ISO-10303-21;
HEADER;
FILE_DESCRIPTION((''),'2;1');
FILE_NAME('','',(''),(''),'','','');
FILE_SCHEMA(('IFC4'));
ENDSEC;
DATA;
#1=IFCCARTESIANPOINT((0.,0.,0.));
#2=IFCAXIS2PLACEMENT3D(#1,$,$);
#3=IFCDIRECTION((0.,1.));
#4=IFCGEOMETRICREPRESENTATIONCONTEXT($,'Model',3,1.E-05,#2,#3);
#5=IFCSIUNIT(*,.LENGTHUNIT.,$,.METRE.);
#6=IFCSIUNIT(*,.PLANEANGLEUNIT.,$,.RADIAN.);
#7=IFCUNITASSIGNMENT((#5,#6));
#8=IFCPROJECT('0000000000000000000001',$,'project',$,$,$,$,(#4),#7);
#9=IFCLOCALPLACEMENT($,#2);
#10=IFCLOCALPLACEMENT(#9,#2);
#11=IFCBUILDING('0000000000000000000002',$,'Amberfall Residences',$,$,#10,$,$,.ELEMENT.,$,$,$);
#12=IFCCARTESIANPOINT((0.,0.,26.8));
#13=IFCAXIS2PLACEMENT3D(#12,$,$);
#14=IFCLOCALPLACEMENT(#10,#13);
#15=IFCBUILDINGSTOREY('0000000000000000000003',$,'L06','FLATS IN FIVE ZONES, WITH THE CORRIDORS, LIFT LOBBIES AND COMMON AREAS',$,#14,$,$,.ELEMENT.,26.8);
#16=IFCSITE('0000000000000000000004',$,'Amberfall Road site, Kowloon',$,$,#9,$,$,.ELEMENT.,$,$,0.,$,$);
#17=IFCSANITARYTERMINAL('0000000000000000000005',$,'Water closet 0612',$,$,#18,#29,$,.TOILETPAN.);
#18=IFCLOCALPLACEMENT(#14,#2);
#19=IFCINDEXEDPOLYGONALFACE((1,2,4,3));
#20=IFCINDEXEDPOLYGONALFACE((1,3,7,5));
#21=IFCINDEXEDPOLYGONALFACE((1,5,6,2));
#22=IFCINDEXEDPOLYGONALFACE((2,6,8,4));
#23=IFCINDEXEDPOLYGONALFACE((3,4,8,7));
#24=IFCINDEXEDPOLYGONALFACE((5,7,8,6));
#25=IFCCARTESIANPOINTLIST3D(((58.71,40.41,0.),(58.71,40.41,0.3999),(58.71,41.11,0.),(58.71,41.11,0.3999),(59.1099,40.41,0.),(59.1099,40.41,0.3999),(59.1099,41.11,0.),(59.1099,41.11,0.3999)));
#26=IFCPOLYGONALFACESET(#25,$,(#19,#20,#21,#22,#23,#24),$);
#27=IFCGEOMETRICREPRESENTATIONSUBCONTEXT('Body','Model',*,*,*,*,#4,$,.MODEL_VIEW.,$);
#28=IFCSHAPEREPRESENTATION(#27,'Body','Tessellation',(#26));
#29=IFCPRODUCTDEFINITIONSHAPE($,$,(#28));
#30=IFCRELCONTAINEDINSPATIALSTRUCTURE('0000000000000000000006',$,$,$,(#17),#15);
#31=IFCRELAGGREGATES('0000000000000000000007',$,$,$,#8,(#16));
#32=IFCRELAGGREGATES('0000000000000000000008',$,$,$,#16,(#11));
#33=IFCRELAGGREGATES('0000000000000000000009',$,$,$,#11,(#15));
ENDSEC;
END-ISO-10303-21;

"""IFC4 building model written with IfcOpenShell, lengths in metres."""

from ifc_helpers import new_model, si_unit, direction, frame, origin, origin_2d, place, context, subcontext, project, spatial, rectangle, extrude, element, save


model = new_model("IFC4")

# Units and contexts
model_context = context("Model", 3, precision=1e-05, world=origin(), true_north=direction((0.0, 1.0)))
body_context = subcontext(model_context, "Body", "Model", "MODEL_VIEW")
ifc_project = project(units=[si_unit("LENGTHUNIT", "METRE"), si_unit("PLANEANGLEUNIT", "RADIAN")], contexts=[model_context])

# Site, building, storey
site_placement = place(None, origin())
site = spatial("IfcSite", under=ifc_project, at=site_placement, Name="Amberfall Road site, Kowloon", CompositionType="ELEMENT", RefElevation=0.0)
building_placement = place(site_placement, origin())
building = spatial("IfcBuilding", under=site, at=building_placement, Name="Amberfall Residences", CompositionType="ELEMENT")
storey_placement = place(building_placement, frame((0.0, 0.0, 26.8)))
storey = spatial("IfcBuildingStorey", under=building, at=storey_placement, Name="L06", Description="FLATS IN FIVE ZONES, WITH THE CORRIDORS, LIFT LOBBIES AND COMMON AREAS", CompositionType="ELEMENT", Elevation=26.8)

# Sanitary terminal
for number, where, z_axis, x_axis, name in (
    (1, (58.9099, 40.76, 0.0), (0.0, 0.0, 1.0), (1.0, 0.0, 0.0), "Water closet 0612"),
):
    element("IfcSanitaryTerminal", number, at=place(storey_placement, frame(where, z_axis=z_axis, x_axis=x_axis)), inside=storey, Name=name, PredefinedType="TOILETPAN", context=body_context, shape_type="SweptSolid", body=[
        extrude(rectangle(XDim=0.3999, YDim=0.7, at=origin_2d()), origin(), (0.0, 0.0, 1.0), 0.3999),
    ])

save(model, "model.ifc")
